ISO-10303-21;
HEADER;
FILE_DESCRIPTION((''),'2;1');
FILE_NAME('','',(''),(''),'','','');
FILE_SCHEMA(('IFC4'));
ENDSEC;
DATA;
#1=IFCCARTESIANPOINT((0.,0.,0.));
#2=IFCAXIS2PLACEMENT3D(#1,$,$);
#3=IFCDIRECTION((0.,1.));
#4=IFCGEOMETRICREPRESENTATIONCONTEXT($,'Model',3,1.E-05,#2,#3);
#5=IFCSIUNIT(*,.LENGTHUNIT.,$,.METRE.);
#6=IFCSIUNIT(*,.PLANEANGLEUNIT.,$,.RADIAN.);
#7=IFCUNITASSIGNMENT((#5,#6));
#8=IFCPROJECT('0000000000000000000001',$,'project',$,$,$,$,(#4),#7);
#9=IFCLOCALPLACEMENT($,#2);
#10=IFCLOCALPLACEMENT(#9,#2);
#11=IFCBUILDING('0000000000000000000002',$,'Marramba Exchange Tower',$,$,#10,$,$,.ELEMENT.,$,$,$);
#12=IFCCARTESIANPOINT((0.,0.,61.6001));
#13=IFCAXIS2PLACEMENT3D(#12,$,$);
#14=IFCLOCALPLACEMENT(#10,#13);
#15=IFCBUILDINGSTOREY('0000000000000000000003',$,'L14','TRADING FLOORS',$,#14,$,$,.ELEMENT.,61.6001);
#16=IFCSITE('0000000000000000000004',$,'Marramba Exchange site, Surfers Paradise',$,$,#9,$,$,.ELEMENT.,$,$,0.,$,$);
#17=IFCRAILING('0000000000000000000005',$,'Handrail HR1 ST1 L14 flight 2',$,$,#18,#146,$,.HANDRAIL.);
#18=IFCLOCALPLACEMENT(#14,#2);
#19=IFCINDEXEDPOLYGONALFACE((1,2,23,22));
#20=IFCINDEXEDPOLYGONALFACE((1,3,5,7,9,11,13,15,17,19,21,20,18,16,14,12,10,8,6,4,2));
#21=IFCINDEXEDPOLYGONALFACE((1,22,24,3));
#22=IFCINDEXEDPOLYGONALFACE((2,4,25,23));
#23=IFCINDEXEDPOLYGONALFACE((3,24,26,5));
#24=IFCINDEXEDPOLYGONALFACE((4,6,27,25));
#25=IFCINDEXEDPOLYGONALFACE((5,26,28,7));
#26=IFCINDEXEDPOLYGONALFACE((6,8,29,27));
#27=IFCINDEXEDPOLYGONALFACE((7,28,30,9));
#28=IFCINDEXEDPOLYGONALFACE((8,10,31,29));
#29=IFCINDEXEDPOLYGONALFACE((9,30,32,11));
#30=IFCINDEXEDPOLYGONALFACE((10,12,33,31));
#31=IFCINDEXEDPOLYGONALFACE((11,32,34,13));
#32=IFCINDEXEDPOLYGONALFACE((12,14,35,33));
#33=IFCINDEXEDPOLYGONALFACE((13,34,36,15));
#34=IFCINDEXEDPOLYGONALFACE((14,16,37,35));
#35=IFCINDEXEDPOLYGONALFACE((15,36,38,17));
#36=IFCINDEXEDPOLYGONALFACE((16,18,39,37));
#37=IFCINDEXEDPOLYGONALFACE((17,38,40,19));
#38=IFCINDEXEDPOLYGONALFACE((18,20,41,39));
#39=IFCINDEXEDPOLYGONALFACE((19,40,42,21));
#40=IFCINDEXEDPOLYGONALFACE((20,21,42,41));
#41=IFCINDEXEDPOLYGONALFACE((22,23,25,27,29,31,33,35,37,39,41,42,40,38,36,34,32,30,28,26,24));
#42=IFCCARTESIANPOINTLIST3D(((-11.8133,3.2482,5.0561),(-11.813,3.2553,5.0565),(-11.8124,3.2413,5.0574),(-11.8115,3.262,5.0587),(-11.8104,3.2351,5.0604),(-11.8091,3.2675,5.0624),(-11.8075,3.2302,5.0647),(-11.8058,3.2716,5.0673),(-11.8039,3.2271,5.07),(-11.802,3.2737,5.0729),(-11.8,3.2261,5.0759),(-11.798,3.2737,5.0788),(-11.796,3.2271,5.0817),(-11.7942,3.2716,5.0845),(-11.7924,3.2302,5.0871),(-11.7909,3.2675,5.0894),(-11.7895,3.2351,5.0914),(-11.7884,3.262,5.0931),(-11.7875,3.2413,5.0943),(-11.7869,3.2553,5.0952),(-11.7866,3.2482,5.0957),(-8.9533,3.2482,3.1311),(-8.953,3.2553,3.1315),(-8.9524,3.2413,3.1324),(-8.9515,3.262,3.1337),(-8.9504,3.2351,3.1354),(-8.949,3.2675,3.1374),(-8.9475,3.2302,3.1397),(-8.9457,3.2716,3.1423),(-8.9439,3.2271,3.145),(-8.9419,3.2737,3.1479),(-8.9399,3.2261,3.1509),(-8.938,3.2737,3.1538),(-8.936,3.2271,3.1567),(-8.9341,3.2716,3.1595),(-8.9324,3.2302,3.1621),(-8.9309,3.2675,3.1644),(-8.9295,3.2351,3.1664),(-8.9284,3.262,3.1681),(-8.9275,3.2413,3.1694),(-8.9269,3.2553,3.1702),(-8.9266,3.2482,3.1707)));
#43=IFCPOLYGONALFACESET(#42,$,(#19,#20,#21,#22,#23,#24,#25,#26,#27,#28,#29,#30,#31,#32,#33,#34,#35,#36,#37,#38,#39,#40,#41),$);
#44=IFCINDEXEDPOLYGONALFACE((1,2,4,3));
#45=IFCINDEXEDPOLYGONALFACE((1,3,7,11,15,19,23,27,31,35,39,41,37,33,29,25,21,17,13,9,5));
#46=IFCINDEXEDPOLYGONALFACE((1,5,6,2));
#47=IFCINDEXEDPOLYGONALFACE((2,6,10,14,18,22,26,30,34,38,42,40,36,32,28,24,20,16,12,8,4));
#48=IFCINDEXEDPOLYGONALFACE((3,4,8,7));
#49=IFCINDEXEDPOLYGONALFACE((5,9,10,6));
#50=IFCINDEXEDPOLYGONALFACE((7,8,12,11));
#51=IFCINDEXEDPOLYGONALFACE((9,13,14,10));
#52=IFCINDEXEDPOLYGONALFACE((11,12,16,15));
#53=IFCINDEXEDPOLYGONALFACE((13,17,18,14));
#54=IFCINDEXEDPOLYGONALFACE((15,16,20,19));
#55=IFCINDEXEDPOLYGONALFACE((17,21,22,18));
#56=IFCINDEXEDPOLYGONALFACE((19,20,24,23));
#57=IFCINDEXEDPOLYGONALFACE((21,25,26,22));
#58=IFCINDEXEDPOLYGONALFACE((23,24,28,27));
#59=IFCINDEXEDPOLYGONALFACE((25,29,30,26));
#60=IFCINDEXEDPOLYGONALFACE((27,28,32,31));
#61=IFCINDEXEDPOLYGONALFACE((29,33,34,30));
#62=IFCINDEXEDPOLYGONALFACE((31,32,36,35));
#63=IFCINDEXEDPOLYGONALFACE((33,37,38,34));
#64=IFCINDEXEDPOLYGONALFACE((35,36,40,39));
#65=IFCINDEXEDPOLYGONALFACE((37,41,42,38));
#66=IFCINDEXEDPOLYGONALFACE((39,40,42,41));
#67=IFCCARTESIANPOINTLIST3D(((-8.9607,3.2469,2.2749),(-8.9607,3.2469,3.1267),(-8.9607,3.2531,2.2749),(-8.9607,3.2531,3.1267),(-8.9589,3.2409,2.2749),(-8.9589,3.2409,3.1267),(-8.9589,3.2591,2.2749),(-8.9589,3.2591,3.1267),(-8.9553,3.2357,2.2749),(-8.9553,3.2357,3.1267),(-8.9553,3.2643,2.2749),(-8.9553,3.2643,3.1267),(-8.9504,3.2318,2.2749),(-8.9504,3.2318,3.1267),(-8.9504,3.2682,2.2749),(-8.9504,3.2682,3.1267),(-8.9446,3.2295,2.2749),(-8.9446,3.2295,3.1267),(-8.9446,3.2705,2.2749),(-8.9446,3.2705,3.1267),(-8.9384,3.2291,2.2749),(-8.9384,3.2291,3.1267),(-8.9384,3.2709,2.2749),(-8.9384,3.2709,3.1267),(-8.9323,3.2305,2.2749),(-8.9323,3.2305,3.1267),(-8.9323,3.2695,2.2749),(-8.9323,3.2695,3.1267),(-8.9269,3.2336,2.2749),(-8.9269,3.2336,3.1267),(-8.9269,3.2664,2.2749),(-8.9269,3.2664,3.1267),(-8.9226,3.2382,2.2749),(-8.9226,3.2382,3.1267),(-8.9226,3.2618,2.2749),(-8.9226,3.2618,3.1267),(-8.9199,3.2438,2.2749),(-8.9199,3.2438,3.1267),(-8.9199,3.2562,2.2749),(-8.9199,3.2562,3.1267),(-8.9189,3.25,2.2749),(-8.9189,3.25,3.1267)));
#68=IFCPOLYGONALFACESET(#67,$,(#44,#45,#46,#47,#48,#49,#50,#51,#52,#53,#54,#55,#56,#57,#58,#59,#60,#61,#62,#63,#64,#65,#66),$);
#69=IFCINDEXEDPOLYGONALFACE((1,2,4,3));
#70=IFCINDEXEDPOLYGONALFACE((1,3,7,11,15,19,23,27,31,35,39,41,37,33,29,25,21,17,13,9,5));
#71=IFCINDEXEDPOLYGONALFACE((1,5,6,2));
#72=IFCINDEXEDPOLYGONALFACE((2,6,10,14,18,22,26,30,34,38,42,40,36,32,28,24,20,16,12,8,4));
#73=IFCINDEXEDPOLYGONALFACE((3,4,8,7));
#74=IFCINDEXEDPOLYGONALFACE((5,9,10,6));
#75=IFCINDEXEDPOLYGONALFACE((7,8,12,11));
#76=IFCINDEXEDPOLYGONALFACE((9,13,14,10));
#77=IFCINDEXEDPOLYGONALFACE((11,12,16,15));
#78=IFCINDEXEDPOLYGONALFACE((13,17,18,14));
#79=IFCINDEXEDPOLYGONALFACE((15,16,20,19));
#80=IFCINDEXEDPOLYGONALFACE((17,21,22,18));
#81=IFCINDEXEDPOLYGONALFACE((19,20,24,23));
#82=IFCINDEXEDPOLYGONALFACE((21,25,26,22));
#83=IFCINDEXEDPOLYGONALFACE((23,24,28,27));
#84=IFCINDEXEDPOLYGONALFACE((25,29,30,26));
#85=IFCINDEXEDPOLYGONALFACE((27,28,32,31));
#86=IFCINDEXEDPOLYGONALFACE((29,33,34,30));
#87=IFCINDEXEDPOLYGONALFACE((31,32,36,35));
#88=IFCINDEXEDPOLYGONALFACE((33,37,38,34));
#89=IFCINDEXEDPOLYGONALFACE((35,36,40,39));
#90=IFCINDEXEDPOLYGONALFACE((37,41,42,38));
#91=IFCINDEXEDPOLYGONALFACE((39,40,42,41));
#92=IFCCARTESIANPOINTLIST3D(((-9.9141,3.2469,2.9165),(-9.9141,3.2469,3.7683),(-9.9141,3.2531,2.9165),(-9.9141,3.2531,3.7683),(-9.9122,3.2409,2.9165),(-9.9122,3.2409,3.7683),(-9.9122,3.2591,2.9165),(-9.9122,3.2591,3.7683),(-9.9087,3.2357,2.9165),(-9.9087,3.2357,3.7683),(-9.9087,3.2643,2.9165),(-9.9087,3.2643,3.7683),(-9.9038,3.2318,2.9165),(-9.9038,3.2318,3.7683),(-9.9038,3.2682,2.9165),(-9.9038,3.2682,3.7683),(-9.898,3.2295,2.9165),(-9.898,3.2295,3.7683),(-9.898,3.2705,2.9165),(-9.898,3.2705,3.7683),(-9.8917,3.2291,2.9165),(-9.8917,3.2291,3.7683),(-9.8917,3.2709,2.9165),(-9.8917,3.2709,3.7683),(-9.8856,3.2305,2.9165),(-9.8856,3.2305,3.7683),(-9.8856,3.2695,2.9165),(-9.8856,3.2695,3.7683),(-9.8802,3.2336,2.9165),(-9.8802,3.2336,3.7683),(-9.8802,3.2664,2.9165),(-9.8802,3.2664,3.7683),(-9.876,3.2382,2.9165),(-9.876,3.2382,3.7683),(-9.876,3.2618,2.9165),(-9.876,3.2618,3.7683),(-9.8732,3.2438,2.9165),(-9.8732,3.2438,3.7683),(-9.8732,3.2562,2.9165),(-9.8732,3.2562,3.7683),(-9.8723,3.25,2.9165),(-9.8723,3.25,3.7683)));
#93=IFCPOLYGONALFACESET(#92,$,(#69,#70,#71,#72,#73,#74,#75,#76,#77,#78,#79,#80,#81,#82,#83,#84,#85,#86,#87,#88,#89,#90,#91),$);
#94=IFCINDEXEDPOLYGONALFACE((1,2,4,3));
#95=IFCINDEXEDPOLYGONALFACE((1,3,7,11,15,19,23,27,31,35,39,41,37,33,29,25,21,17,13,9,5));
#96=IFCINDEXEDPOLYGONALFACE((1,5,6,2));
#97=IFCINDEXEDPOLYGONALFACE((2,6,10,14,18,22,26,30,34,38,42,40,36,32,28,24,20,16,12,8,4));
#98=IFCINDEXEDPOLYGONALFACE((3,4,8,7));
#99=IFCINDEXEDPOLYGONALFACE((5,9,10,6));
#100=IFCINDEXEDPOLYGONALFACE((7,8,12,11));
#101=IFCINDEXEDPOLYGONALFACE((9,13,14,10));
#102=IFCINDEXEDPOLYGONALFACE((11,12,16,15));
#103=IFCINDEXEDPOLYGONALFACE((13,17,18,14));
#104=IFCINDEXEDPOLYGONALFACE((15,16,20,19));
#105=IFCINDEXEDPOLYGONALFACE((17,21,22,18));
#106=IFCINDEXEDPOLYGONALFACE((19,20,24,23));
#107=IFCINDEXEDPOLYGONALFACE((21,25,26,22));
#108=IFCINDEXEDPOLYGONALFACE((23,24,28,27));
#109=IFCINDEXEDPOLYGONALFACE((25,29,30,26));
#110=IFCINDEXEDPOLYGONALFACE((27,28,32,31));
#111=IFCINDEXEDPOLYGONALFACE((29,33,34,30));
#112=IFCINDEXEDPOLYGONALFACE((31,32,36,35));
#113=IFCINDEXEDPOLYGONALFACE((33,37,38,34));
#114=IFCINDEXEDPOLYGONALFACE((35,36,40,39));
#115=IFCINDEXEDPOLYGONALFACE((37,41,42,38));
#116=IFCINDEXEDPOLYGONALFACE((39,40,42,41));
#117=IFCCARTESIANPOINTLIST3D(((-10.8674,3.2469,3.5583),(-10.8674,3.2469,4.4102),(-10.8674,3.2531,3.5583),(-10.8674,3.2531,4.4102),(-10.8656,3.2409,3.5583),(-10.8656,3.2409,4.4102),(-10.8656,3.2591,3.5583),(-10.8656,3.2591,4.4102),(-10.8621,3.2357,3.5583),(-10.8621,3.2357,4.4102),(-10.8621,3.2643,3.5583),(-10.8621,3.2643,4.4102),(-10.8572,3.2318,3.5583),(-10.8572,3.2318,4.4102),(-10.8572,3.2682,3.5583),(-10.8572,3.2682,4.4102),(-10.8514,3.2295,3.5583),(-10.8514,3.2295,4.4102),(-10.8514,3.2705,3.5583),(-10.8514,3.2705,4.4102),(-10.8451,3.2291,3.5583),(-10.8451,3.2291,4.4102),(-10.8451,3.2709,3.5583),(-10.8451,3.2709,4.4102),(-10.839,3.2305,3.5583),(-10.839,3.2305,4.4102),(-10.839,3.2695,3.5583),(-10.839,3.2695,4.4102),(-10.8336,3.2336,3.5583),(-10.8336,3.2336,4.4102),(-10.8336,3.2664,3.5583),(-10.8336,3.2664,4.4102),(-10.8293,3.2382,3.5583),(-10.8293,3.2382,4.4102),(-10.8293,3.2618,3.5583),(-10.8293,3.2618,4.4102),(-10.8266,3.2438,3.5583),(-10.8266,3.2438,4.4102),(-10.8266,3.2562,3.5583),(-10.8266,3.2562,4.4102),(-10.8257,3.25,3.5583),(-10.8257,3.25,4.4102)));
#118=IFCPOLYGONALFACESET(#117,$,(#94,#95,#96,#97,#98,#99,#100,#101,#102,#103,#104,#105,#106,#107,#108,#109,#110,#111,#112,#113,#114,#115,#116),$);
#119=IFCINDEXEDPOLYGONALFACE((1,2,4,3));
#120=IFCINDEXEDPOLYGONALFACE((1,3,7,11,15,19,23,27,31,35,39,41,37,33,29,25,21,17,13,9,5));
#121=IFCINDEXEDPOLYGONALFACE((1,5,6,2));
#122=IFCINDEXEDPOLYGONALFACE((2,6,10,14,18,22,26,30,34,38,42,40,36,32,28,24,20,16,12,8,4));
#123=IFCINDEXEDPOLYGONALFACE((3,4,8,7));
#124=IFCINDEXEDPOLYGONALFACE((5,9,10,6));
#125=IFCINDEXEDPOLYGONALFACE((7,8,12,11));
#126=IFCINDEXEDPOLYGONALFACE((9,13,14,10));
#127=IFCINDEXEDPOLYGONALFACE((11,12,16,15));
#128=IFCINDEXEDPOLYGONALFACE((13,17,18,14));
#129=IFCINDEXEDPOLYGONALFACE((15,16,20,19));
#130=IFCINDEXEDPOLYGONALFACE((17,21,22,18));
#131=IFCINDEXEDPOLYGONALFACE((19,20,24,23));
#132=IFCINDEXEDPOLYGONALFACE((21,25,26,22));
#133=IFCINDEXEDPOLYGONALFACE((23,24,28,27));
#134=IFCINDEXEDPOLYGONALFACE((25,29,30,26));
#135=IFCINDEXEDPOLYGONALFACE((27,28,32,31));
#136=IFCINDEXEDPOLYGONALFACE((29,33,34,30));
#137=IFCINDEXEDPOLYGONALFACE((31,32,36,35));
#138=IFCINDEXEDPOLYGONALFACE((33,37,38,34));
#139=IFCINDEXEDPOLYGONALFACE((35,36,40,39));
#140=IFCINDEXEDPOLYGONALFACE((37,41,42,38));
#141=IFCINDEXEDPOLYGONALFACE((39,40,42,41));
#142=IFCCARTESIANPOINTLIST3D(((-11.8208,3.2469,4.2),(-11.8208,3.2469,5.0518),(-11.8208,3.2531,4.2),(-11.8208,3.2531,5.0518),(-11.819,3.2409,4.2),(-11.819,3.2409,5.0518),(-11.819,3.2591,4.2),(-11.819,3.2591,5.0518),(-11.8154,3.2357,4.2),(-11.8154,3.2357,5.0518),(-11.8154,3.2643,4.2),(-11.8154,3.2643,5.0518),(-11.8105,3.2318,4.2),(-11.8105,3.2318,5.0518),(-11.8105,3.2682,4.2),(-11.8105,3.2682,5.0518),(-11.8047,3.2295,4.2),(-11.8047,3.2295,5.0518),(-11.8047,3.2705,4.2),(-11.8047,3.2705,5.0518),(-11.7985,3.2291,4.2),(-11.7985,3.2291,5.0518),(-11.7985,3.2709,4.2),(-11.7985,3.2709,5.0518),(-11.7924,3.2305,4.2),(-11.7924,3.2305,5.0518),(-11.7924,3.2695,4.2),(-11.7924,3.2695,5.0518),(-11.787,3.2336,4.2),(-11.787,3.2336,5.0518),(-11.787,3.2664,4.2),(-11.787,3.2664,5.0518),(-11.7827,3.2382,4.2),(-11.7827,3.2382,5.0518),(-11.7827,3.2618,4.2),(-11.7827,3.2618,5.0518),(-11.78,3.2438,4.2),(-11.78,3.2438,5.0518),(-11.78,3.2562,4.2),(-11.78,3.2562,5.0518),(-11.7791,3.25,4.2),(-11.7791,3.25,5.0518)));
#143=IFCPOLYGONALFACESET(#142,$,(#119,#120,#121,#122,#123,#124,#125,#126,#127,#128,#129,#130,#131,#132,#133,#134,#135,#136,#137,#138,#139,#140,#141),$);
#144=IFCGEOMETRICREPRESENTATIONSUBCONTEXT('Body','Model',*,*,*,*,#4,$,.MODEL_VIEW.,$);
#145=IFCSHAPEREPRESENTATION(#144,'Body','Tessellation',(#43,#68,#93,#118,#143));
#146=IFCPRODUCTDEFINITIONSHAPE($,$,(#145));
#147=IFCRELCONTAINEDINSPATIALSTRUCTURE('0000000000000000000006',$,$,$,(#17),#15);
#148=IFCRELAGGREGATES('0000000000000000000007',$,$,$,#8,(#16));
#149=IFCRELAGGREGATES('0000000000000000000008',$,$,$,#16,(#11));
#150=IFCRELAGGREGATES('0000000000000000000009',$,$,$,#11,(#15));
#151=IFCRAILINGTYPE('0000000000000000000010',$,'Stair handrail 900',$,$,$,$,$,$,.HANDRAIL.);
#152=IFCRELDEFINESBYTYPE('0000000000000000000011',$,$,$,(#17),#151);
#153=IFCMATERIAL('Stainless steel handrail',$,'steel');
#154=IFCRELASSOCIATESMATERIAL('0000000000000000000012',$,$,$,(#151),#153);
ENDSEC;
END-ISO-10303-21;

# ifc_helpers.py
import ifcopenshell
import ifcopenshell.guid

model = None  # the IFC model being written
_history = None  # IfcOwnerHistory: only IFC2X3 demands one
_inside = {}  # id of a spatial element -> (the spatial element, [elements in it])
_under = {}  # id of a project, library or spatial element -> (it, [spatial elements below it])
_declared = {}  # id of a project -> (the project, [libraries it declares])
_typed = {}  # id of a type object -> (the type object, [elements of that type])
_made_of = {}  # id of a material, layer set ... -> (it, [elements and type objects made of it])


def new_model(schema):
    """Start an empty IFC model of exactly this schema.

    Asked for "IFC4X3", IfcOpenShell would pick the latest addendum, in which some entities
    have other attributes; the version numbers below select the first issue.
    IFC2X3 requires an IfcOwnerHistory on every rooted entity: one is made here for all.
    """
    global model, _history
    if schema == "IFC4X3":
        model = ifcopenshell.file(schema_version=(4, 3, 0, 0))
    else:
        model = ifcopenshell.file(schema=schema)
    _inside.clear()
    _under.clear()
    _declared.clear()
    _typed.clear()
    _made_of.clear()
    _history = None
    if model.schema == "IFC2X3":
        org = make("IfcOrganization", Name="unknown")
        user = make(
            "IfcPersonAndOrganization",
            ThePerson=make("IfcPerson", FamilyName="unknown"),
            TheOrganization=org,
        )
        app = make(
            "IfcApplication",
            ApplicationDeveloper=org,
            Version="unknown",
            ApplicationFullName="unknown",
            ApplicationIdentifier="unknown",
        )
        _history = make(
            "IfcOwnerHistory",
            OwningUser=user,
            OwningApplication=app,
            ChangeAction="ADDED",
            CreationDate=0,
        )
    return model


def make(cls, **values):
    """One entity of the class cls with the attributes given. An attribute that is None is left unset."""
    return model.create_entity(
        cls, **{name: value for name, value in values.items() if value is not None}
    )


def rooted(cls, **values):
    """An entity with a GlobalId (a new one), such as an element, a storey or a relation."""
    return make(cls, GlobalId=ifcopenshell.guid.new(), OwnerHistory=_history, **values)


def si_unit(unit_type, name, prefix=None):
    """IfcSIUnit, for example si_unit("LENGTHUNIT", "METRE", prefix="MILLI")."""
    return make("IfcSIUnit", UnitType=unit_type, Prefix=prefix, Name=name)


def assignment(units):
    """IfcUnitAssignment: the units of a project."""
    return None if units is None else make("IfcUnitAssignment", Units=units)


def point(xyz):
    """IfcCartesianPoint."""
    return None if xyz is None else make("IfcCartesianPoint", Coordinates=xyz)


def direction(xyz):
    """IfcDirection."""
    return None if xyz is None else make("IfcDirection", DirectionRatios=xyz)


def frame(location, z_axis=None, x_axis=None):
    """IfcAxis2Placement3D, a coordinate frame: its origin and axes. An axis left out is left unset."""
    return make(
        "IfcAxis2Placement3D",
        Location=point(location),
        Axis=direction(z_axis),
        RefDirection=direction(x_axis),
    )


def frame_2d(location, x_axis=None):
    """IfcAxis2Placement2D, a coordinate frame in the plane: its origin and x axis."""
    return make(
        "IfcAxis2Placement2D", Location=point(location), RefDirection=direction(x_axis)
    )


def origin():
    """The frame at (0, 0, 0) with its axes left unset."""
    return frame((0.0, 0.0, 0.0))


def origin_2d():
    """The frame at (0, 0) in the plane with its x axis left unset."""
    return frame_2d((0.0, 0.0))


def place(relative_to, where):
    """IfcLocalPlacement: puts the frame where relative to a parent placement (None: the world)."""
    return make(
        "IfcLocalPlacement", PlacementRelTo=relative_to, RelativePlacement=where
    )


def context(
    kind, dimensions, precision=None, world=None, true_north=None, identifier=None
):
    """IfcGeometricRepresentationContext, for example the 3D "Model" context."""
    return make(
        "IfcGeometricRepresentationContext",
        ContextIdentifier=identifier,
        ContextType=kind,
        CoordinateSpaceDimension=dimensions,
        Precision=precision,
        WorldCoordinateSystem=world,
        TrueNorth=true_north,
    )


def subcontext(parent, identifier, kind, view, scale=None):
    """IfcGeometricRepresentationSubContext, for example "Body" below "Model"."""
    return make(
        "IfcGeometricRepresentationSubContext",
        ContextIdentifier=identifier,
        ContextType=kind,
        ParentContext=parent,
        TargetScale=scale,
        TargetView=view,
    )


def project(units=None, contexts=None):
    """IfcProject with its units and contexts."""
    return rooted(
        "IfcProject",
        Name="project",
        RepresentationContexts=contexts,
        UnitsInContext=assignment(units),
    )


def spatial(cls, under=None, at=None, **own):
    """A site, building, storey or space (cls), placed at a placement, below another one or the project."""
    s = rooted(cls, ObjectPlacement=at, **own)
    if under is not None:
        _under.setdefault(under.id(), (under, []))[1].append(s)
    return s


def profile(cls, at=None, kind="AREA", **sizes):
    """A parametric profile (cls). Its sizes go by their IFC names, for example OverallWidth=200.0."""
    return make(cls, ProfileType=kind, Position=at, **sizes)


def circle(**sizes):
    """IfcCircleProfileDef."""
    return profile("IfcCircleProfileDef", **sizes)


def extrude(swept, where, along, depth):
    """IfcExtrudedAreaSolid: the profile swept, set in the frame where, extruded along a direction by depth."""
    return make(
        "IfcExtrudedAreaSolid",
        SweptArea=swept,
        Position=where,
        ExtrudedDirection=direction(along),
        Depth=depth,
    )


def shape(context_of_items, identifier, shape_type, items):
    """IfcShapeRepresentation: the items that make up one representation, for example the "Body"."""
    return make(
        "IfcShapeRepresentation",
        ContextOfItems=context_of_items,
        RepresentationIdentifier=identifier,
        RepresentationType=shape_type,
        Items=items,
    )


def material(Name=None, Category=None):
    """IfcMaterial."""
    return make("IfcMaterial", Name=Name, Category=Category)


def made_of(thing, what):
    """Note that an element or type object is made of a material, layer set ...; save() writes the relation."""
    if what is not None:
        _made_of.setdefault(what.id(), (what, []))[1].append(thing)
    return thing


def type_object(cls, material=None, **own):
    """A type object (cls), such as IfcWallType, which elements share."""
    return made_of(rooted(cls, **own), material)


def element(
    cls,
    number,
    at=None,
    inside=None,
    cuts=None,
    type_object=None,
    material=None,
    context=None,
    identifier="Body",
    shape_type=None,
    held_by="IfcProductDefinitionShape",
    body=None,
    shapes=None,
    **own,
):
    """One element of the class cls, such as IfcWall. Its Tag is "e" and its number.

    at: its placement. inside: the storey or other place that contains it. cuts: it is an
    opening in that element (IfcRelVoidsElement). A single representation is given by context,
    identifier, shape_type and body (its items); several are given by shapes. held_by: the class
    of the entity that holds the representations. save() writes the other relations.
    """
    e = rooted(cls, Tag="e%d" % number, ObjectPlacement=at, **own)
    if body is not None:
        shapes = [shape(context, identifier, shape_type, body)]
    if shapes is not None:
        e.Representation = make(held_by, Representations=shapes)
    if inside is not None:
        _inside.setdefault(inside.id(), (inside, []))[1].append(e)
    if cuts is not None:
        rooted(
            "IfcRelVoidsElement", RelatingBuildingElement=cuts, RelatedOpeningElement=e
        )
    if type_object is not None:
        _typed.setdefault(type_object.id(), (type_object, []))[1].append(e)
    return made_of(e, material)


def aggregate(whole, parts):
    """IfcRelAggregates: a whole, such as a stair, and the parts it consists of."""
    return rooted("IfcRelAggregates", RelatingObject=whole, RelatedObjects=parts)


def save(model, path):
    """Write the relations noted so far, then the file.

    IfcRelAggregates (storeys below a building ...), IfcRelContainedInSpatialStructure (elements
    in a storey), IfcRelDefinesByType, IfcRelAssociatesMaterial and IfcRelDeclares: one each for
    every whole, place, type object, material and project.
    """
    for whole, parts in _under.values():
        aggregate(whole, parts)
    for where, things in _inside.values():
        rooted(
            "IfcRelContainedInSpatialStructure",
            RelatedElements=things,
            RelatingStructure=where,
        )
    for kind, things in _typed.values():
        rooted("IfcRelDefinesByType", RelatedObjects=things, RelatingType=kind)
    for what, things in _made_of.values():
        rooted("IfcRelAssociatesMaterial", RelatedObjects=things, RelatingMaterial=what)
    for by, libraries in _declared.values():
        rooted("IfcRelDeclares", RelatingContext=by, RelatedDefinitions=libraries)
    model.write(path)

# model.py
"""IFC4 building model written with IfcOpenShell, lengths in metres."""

from ifc_helpers import new_model, si_unit, direction, frame, origin, origin_2d, place, context, subcontext, project, spatial, circle, extrude, material, type_object, element, save


model = new_model("IFC4")

# Units and contexts
model_context = context("Model", 3, precision=1e-05, world=origin(), true_north=direction((0.0, 1.0)))
body_context = subcontext(model_context, "Body", "Model", "MODEL_VIEW")
ifc_project = project(units=[si_unit("LENGTHUNIT", "METRE"), si_unit("PLANEANGLEUNIT", "RADIAN")], contexts=[model_context])

# Site, building, storey
site_placement = place(None, origin())
site = spatial("IfcSite", under=ifc_project, at=site_placement, Name="Marramba Exchange site, Surfers Paradise", CompositionType="ELEMENT", RefElevation=0.0)
building_placement = place(site_placement, origin())
building = spatial("IfcBuilding", under=site, at=building_placement, Name="Marramba Exchange Tower", CompositionType="ELEMENT")
storey_placement = place(building_placement, frame((0.0, 0.0, 61.6001)))
storey = spatial("IfcBuildingStorey", under=building, at=storey_placement, Name="L14", Description="TRADING FLOORS", CompositionType="ELEMENT", Elevation=61.6001)

# Railing
ifc_material_1 = material(Name="Stainless steel handrail", Category="steel")
railing_type = type_object("IfcRailingType", Name="Stair handrail 900", PredefinedType="HANDRAIL", material=ifc_material_1)
railing_1_placement = place(storey_placement, frame((-8.9399, 3.25, 2.2749)))
element("IfcRailing", 1, at=railing_1_placement, inside=storey, type_object=railing_type, Name="Handrail HR1 ST1 L14 flight 2", PredefinedType="HANDRAIL", context=body_context, shape_type="SweptSolid", body=[
    extrude(circle(Radius=0.0239, at=origin_2d()), frame((0.0, 0.0, 0.876), z_axis=(-0.829591, 0.0, 0.558372), x_axis=(0.0, -1.0, 0.0)), (0.0, 0.0, 1.0), 3.4475),
    extrude(circle(Radius=0.021, at=origin_2d()), origin(), (0.0, 0.0, 1.0), 0.8518),
    extrude(circle(Radius=0.021, at=origin_2d()), frame((-0.9534, 0.0, 0.6416)), (0.0, 0.0, 1.0), 0.8518),
    extrude(circle(Radius=0.021, at=origin_2d()), frame((-1.9067, 0.0, 1.2834)), (0.0, 0.0, 1.0), 0.8518),
    extrude(circle(Radius=0.021, at=origin_2d()), frame((-2.8601, 0.0, 1.925)), (0.0, 0.0, 1.0), 0.8518),
])

save(model, "model.ifc")
